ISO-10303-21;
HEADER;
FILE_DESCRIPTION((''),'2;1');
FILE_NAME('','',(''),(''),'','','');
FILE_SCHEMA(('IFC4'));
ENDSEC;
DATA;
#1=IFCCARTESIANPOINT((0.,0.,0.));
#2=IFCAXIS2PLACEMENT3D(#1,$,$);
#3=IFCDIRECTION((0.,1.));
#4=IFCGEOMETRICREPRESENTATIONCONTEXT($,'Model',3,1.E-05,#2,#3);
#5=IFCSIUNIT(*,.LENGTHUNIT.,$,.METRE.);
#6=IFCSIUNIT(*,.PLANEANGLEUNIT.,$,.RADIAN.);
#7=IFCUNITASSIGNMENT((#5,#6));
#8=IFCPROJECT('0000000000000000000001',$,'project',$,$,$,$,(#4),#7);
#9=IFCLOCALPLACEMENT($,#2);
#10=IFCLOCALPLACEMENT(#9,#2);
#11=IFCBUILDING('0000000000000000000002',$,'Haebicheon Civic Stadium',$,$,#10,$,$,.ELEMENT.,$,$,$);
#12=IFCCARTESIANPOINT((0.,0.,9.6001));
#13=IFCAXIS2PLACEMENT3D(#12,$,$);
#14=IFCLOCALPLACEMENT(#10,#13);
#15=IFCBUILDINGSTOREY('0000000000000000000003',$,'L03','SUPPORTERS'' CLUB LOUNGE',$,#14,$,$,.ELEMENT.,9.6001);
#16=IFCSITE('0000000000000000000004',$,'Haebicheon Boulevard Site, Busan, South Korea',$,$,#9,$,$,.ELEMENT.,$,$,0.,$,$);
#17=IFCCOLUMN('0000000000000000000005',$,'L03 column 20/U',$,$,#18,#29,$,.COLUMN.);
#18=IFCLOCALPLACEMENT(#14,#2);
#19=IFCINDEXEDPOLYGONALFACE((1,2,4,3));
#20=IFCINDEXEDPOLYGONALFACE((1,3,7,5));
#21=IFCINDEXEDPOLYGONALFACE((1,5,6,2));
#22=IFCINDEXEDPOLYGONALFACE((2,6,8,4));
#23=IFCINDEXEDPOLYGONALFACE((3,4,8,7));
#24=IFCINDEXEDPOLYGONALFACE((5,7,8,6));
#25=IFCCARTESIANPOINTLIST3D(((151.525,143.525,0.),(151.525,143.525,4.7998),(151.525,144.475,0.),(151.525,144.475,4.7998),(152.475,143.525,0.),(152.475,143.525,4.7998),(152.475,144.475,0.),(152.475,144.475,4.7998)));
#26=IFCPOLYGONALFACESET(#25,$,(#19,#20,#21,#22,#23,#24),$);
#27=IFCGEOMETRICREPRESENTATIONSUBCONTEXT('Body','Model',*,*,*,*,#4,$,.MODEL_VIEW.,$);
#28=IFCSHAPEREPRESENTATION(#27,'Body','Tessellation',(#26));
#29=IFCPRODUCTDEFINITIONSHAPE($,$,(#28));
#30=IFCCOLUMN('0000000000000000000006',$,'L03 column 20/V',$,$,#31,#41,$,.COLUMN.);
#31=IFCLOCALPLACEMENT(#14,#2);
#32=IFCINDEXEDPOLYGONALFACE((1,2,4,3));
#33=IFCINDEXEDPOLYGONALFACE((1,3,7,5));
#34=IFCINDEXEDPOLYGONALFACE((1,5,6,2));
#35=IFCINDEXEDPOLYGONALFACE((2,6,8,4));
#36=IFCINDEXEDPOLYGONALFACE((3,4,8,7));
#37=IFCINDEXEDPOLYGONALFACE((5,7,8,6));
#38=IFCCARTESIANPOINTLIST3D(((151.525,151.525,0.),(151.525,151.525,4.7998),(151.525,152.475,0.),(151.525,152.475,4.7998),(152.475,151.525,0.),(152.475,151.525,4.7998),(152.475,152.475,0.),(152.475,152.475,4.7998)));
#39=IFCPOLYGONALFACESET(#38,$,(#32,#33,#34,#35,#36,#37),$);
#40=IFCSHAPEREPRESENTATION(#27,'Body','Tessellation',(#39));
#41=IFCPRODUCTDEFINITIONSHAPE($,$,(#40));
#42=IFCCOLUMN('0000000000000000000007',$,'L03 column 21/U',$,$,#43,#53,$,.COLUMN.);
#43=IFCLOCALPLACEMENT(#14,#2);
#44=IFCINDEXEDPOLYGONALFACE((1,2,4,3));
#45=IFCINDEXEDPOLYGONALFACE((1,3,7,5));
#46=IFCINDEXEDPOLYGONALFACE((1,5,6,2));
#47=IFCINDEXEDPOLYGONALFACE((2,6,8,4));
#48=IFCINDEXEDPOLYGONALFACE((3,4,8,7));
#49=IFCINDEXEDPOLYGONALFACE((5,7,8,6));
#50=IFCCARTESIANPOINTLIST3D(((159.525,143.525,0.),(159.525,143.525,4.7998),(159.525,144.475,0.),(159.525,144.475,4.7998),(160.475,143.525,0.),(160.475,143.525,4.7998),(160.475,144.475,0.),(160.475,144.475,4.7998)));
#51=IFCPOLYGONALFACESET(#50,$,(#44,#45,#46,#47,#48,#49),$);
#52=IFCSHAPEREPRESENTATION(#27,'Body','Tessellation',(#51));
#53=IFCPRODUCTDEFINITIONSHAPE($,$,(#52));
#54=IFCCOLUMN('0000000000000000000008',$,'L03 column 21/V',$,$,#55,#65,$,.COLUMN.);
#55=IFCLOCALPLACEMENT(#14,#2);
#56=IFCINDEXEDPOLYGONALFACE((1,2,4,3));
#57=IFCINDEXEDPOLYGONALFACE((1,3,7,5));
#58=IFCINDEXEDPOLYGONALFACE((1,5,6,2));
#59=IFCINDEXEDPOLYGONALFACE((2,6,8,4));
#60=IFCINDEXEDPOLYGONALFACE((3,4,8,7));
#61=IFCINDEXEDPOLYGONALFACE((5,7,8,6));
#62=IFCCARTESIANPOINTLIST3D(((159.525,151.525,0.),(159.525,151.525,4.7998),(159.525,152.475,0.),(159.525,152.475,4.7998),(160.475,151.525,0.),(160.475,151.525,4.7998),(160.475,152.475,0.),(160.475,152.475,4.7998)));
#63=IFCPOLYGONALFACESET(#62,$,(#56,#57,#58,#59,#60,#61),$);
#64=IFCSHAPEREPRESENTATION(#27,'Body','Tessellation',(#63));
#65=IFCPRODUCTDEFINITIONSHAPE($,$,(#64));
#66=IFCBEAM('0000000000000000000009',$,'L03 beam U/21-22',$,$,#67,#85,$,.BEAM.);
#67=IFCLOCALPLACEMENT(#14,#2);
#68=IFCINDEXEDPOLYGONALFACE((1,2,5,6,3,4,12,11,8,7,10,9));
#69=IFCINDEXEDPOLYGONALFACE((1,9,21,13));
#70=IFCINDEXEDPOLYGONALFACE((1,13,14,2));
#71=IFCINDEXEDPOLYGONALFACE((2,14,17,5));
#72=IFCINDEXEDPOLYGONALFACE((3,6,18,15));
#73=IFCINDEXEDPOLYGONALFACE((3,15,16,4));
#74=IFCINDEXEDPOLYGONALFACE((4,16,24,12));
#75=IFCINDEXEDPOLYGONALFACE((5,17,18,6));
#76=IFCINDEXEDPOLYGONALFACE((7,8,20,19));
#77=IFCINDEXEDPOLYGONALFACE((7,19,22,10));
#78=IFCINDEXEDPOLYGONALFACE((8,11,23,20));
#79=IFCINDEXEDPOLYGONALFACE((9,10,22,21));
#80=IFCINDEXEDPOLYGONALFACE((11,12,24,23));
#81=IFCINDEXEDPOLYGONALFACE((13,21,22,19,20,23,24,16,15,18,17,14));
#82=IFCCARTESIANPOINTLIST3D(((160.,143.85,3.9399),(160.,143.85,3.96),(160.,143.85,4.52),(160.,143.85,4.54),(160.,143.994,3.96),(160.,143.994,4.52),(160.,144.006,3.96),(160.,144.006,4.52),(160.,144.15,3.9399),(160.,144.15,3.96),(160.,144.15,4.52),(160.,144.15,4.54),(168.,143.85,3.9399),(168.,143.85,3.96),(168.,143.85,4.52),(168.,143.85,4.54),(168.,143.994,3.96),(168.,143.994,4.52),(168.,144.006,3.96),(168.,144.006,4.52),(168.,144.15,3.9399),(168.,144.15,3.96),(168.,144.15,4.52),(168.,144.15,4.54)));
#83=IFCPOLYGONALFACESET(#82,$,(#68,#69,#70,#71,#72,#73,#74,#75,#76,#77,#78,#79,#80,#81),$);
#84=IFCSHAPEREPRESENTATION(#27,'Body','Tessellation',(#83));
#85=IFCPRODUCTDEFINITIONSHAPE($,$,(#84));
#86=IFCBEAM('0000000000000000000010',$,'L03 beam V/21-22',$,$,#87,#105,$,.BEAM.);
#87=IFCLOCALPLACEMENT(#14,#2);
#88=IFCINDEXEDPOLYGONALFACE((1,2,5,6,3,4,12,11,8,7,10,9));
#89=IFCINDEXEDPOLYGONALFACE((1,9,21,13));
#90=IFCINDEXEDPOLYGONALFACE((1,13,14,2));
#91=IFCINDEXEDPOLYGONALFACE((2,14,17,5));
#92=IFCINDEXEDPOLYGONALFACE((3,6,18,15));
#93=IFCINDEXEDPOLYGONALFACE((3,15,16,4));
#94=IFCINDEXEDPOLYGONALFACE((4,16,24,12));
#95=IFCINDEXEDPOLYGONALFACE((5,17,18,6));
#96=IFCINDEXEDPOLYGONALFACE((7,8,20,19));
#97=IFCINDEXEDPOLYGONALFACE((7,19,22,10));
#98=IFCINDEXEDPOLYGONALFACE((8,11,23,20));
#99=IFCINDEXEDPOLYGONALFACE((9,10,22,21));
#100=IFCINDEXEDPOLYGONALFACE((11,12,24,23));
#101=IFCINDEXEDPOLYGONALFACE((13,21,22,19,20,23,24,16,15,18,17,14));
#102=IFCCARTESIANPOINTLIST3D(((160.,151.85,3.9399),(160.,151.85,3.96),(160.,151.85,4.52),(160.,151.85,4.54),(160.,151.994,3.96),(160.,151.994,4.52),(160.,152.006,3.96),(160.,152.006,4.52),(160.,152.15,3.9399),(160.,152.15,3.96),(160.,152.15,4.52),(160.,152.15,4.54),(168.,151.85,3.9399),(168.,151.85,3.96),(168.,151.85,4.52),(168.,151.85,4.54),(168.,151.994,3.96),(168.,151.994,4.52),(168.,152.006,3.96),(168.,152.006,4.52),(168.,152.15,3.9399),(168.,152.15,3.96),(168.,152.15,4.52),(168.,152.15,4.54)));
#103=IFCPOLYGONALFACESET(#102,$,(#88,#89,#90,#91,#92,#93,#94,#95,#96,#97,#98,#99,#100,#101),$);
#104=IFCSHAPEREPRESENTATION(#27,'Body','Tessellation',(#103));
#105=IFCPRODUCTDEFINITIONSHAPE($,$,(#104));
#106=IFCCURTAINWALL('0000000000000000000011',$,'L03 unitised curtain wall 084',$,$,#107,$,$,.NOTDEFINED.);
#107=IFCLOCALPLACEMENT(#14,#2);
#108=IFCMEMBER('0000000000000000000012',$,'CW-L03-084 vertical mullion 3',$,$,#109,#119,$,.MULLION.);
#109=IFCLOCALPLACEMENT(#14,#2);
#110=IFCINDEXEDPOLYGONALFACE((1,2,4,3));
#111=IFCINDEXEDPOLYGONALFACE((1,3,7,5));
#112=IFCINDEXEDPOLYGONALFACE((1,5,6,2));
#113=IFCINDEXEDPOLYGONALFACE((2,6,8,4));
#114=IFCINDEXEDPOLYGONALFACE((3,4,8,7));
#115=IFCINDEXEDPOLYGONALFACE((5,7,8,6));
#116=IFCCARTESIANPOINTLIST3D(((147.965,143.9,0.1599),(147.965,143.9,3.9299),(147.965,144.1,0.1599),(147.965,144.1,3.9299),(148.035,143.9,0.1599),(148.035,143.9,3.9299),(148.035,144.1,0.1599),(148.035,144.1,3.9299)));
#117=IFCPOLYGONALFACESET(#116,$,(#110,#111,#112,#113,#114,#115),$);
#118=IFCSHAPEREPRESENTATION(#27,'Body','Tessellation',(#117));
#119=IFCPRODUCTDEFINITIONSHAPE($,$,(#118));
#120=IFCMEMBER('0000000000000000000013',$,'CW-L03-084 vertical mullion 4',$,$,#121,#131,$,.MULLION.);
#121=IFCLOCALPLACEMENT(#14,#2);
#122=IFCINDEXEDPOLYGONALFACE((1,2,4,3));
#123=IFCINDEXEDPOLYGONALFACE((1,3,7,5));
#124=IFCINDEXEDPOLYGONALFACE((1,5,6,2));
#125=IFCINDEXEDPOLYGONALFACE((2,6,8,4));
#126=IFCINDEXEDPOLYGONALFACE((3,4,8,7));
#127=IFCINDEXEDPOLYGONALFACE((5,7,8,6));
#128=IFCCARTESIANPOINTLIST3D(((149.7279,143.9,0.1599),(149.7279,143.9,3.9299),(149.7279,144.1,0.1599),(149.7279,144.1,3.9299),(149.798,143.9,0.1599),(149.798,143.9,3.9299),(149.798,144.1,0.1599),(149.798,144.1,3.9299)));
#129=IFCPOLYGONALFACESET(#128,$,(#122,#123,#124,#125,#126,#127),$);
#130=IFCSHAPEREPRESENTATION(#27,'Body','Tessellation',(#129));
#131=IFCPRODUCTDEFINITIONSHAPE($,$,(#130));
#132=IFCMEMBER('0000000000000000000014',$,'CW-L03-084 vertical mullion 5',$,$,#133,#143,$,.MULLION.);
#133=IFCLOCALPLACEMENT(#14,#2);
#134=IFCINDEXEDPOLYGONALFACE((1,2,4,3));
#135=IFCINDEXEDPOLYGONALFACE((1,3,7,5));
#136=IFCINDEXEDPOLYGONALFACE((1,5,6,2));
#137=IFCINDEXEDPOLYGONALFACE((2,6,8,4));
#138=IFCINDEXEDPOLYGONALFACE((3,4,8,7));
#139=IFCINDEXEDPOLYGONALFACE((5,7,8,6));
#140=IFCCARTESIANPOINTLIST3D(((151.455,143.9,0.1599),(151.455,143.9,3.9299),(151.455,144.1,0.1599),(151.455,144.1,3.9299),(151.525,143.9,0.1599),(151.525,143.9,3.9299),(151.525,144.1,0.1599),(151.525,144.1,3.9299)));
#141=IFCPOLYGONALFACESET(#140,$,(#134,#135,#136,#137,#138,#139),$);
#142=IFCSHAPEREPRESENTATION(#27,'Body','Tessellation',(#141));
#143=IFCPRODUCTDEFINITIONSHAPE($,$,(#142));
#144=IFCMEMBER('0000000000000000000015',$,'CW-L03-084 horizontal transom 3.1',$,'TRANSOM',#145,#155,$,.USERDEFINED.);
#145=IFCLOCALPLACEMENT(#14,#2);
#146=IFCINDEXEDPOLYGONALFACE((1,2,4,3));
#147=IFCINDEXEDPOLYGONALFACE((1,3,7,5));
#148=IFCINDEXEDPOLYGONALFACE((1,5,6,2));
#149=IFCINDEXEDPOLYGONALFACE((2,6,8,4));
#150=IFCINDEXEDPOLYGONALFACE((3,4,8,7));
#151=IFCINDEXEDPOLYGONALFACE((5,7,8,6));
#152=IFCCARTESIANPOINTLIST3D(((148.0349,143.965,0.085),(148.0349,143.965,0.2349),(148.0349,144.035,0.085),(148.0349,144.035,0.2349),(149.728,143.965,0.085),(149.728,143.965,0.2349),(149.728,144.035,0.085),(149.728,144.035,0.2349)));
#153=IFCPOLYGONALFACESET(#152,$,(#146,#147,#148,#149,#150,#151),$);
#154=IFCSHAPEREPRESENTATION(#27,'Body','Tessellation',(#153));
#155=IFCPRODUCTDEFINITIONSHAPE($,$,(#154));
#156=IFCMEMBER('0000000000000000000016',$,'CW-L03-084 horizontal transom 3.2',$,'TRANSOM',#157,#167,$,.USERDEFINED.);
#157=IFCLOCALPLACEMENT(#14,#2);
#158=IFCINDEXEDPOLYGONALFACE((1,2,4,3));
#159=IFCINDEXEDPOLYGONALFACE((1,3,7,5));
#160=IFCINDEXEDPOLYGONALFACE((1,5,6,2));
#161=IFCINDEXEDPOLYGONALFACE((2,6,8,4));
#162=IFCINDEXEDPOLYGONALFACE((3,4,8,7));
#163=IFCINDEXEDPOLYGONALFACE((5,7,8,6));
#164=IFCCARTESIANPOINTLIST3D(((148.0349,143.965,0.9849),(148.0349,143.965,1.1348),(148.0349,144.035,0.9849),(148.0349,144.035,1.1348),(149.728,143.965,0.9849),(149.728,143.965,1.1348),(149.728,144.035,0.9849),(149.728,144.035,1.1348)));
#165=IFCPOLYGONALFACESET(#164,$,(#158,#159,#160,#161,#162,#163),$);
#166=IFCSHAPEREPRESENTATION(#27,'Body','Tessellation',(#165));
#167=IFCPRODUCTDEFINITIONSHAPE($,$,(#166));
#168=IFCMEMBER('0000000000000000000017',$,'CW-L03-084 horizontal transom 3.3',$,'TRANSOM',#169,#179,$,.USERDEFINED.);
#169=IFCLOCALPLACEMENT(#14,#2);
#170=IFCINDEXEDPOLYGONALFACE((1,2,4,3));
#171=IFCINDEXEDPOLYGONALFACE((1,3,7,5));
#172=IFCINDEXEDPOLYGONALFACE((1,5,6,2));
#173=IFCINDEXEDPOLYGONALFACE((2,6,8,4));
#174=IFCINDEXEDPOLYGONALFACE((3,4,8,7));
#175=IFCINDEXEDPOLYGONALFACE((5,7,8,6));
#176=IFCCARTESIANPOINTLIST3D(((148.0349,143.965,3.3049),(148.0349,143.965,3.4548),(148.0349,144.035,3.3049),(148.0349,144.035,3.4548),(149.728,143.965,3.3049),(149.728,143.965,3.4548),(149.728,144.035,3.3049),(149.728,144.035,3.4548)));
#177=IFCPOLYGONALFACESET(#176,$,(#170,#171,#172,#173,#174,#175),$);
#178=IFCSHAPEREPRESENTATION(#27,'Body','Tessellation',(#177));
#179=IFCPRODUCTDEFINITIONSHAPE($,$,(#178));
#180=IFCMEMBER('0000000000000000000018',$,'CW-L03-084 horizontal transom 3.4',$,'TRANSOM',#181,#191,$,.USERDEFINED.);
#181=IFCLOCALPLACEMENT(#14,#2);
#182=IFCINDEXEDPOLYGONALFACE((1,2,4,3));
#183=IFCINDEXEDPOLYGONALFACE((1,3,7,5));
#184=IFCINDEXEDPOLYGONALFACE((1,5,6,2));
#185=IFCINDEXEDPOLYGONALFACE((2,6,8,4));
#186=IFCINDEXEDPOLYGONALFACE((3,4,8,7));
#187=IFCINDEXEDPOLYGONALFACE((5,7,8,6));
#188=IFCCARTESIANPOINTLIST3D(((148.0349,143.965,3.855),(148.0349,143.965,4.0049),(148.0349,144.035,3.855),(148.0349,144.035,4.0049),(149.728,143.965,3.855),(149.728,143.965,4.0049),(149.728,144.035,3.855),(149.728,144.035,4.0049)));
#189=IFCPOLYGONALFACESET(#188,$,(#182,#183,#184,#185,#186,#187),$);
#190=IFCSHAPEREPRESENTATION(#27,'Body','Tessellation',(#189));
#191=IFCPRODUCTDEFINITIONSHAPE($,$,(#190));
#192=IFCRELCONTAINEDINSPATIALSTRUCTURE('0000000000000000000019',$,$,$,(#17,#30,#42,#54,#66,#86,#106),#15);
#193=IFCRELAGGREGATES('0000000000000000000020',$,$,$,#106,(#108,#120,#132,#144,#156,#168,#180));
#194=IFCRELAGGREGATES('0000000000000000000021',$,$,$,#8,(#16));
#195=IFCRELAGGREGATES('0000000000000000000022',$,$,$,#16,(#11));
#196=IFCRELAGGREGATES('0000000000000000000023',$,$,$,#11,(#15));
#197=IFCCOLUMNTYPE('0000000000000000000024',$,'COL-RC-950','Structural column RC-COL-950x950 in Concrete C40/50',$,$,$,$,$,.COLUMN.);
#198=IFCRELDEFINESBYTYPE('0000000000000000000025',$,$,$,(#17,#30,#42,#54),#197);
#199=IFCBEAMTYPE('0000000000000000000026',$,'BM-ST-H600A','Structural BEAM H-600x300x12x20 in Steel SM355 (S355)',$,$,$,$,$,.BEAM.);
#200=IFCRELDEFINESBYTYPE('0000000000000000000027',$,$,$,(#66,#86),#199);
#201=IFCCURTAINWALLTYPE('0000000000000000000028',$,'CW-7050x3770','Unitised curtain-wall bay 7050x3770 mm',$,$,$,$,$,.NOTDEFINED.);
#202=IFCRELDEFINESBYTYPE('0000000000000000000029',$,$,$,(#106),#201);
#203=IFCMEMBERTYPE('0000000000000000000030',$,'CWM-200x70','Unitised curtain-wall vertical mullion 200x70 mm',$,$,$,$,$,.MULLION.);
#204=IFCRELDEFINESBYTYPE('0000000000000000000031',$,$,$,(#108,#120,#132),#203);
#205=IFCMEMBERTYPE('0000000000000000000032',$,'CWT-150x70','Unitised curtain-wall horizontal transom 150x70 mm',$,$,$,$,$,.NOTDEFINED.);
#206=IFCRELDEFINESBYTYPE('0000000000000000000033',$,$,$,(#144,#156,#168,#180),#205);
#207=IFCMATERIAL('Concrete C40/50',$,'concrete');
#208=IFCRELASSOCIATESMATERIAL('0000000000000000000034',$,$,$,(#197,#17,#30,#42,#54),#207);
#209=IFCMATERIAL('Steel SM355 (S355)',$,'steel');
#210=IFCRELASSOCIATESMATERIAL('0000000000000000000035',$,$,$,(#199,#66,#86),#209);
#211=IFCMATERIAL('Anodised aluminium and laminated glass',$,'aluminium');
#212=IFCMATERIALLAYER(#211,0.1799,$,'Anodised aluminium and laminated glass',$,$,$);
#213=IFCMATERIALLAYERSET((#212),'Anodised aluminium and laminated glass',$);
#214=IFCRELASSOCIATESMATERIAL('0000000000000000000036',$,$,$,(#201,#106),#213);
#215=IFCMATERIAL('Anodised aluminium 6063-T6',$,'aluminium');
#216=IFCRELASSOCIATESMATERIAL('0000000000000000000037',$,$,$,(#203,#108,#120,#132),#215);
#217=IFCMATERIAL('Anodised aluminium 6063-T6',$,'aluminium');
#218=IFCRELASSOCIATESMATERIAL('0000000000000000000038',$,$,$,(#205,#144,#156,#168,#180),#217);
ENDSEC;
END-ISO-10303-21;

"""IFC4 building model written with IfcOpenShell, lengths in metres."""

from ifc_helpers import new_model, si_unit, direction, frame, origin, origin_2d, place, context, subcontext, project, spatial, rectangle, i_section, extrude, material, layer, layer_set, material_profile, profile_set, type_object, element, aggregate, save


model = new_model("IFC4")

# Units and contexts
model_context = context("Model", 3, precision=1e-05, world=origin(), true_north=direction((0.0, 1.0)))
body_context = subcontext(model_context, "Body", "Model", "MODEL_VIEW")
ifc_project = project(units=[si_unit("LENGTHUNIT", "METRE"), si_unit("PLANEANGLEUNIT", "RADIAN")], contexts=[model_context])

# Site, building, storey
site_placement = place(None, origin())
site = spatial("IfcSite", under=ifc_project, at=site_placement, Name="Haebicheon Boulevard Site, Busan, South Korea", CompositionType="ELEMENT", RefElevation=0.0)
building_placement = place(site_placement, origin())
building = spatial("IfcBuilding", under=site, at=building_placement, Name="Haebicheon Civic Stadium", CompositionType="ELEMENT")
storey_placement = place(building_placement, frame((0.0, 0.0, 9.6001)))
storey = spatial("IfcBuildingStorey", under=building, at=storey_placement, Name="L03", Description="SUPPORTERS' CLUB LOUNGE", CompositionType="ELEMENT", Elevation=9.6001)

# Columns
ifc_material_1 = material(Name="Concrete C40/50", Category="concrete")
ifc_material_profile_1 = material_profile(ifc_material_1, rectangle(XDim=0.95, YDim=0.95, at=origin_2d()), Name="RC-COL-950x950")
ifc_profile_set_1 = profile_set([ifc_material_profile_1], Name="Concrete C40/50")
column_type = type_object("IfcColumnType", Name="COL-RC-950", Description="Structural column RC-COL-950x950 in Concrete C40/50", PredefinedType="COLUMN", material=ifc_profile_set_1)
for number, where, z_axis, x_axis, name in (
    (1, (152.0, 144.0, 0.0), (0.0, 0.0, 1.0), (1.0, 0.0, 0.0), "L03 column 20/U"),
    (2, (152.0, 152.0, 0.0), (0.0, 0.0, 1.0), (1.0, 0.0, 0.0), "L03 column 20/V"),
    (3, (160.0, 144.0, 0.0), (0.0, 0.0, 1.0), (1.0, 0.0, 0.0), "L03 column 21/U"),
    (4, (160.0, 152.0, 0.0), (0.0, 0.0, 1.0), (1.0, 0.0, 0.0), "L03 column 21/V"),
):
    element("IfcColumn", number, at=place(storey_placement, frame(where, z_axis=z_axis, x_axis=x_axis)), inside=storey, type_object=column_type, material=ifc_profile_set_1, Name=name, PredefinedType="COLUMN", context=body_context, shape_type="SweptSolid", body=[
        extrude(rectangle(XDim=0.95, YDim=0.95, at=origin_2d()), origin(), (0.0, 0.0, 1.0), 4.7998),
    ])

# Beams
ifc_material_2 = material(Name="Steel SM355 (S355)", Category="steel")
ifc_material_profile_2 = material_profile(ifc_material_2, i_section(OverallWidth=0.3, OverallDepth=0.6001, WebThickness=0.012, FlangeThickness=0.02, at=origin_2d()), Name="H-600x300x12x20")
ifc_profile_set_2 = profile_set([ifc_material_profile_2], Name="Steel SM355 (S355)")
beam_type_1 = type_object("IfcBeamType", Name="BM-ST-H600A", Description="Structural BEAM H-600x300x12x20 in Steel SM355 (S355)", PredefinedType="BEAM", material=ifc_profile_set_2)
for number, where, z_axis, x_axis, name in (
    (5, (160.0, 144.0, 4.24), (1.0, 0.0, 0.0), (0.0, 1.0, 0.0), "L03 beam U/21-22"),
    (6, (160.0, 152.0, 4.24), (1.0, 0.0, 0.0), (0.0, 1.0, 0.0), "L03 beam V/21-22"),
):
    element("IfcBeam", number, at=place(storey_placement, frame(where, z_axis=z_axis, x_axis=x_axis)), inside=storey, type_object=beam_type_1, material=ifc_profile_set_2, Name=name, PredefinedType="BEAM", context=body_context, shape_type="SweptSolid", body=[
        extrude(i_section(OverallWidth=0.3, OverallDepth=0.6001, WebThickness=0.012, FlangeThickness=0.02, at=origin_2d()), origin(), (0.0, 0.0, 1.0), 8.0),
    ])

# Curtain wall, members
ifc_material_3 = material(Name="Anodised aluminium and laminated glass", Category="aluminium")
ifc_layer_1 = layer(ifc_material_3, 0.1799, Name="Anodised aluminium and laminated glass")
ifc_layer_set_1 = layer_set([ifc_layer_1], Name="Anodised aluminium and laminated glass")
curtain_wall_type = type_object("IfcCurtainWallType", Name="CW-7050x3770", Description="Unitised curtain-wall bay 7050x3770 mm", PredefinedType="NOTDEFINED", material=ifc_layer_set_1)
curtain_wall_placement = place(storey_placement, origin())
curtain_wall = element("IfcCurtainWall", 7, at=curtain_wall_placement, inside=storey, type_object=curtain_wall_type, material=ifc_layer_set_1, Name="L03 unitised curtain wall 084", PredefinedType="NOTDEFINED")
ifc_material_4 = material(Name="Anodised aluminium 6063-T6", Category="aluminium")
ifc_material_profile_3 = material_profile(ifc_material_4, rectangle(XDim=0.0701, YDim=0.2, at=origin_2d()), Name="ALU-MULL-70x200")
ifc_profile_set_3 = profile_set([ifc_material_profile_3], Name="Anodised aluminium 6063-T6")
member_type_1 = type_object("IfcMemberType", Name="CWM-200x70", Description="Unitised curtain-wall vertical mullion 200x70 mm", PredefinedType="MULLION", material=ifc_profile_set_3)
member_1_placement = place(storey_placement, frame((148.0, 144.0, 0.1599), z_axis=(0.0, 0.0, 1.0), x_axis=(1.0, 0.0, 0.0)))
member_1 = element("IfcMember", 8, at=member_1_placement, type_object=member_type_1, material=ifc_profile_set_3, Name="CW-L03-084 vertical mullion 3", PredefinedType="MULLION", context=body_context, shape_type="SweptSolid", body=[
    extrude(rectangle(XDim=0.0701, YDim=0.2, at=origin_2d()), origin(), (0.0, 0.0, 1.0), 3.77),
])
member_2_placement = place(storey_placement, frame((149.7629, 144.0, 0.1599), z_axis=(0.0, 0.0, 1.0), x_axis=(1.0, 0.0, 0.0)))
member_2 = element("IfcMember", 9, at=member_2_placement, type_object=member_type_1, material=ifc_profile_set_3, Name="CW-L03-084 vertical mullion 4", PredefinedType="MULLION", context=body_context, shape_type="SweptSolid", body=[
    extrude(rectangle(XDim=0.0701, YDim=0.2, at=origin_2d()), origin(), (0.0, 0.0, 1.0), 3.77),
])
member_3_placement = place(storey_placement, frame((151.49, 144.0, 0.1599), z_axis=(0.0, 0.0, 1.0), x_axis=(1.0, 0.0, 0.0)))
member_3 = element("IfcMember", 10, at=member_3_placement, type_object=member_type_1, material=ifc_profile_set_3, Name="CW-L03-084 vertical mullion 5", PredefinedType="MULLION", context=body_context, shape_type="SweptSolid", body=[
    extrude(rectangle(XDim=0.0701, YDim=0.2, at=origin_2d()), origin(), (0.0, 0.0, 1.0), 3.77),
])
ifc_material_5 = material(Name="Anodised aluminium 6063-T6", Category="aluminium")
ifc_material_profile_4 = material_profile(ifc_material_5, rectangle(XDim=0.0701, YDim=0.1499, at=origin_2d()), Name="ALU-TRAN-70x150")
ifc_profile_set_4 = profile_set([ifc_material_profile_4], Name="Anodised aluminium 6063-T6")
member_type_2 = type_object("IfcMemberType", Name="CWT-150x70", Description="Unitised curtain-wall horizontal transom 150x70 mm", PredefinedType="NOTDEFINED", material=ifc_profile_set_4)
member_4_placement = place(storey_placement, frame((148.0349, 144.0, 0.1599), z_axis=(1.0, 0.0, 0.0), x_axis=(0.0, 1.0, 0.0)))
member_4 = element("IfcMember", 11, at=member_4_placement, type_object=member_type_2, material=ifc_profile_set_4, Name="CW-L03-084 horizontal transom 3.1", ObjectType="TRANSOM", PredefinedType="USERDEFINED", context=body_context, shape_type="SweptSolid", body=[
    extrude(rectangle(XDim=0.0701, YDim=0.1499, at=origin_2d()), origin(), (0.0, 0.0, 1.0), 1.6931),
])
member_5_placement = place(storey_placement, frame((148.0349, 144.0, 1.0598), z_axis=(1.0, 0.0, 0.0), x_axis=(0.0, 1.0, 0.0)))
member_5 = element("IfcMember", 12, at=member_5_placement, type_object=member_type_2, material=ifc_profile_set_4, Name="CW-L03-084 horizontal transom 3.2", ObjectType="TRANSOM", PredefinedType="USERDEFINED", context=body_context, shape_type="SweptSolid", body=[
    extrude(rectangle(XDim=0.0701, YDim=0.1499, at=origin_2d()), origin(), (0.0, 0.0, 1.0), 1.6931),
])
member_6_placement = place(storey_placement, frame((148.0349, 144.0, 3.3799), z_axis=(1.0, 0.0, 0.0), x_axis=(0.0, 1.0, 0.0)))
member_6 = element("IfcMember", 13, at=member_6_placement, type_object=member_type_2, material=ifc_profile_set_4, Name="CW-L03-084 horizontal transom 3.3", ObjectType="TRANSOM", PredefinedType="USERDEFINED", context=body_context, shape_type="SweptSolid", body=[
    extrude(rectangle(XDim=0.0701, YDim=0.1499, at=origin_2d()), origin(), (0.0, 0.0, 1.0), 1.6931),
])
member_7_placement = place(storey_placement, frame((148.0349, 144.0, 3.9299), z_axis=(1.0, 0.0, 0.0), x_axis=(0.0, 1.0, 0.0)))
member_7 = element("IfcMember", 14, at=member_7_placement, type_object=member_type_2, material=ifc_profile_set_4, Name="CW-L03-084 horizontal transom 3.4", ObjectType="TRANSOM", PredefinedType="USERDEFINED", context=body_context, shape_type="SweptSolid", body=[
    extrude(rectangle(XDim=0.0701, YDim=0.1499, at=origin_2d()), origin(), (0.0, 0.0, 1.0), 1.6931),
])

aggregate(curtain_wall, [member_1, member_2, member_3, member_4, member_5, member_6, member_7])

save(model, "model.ifc")
